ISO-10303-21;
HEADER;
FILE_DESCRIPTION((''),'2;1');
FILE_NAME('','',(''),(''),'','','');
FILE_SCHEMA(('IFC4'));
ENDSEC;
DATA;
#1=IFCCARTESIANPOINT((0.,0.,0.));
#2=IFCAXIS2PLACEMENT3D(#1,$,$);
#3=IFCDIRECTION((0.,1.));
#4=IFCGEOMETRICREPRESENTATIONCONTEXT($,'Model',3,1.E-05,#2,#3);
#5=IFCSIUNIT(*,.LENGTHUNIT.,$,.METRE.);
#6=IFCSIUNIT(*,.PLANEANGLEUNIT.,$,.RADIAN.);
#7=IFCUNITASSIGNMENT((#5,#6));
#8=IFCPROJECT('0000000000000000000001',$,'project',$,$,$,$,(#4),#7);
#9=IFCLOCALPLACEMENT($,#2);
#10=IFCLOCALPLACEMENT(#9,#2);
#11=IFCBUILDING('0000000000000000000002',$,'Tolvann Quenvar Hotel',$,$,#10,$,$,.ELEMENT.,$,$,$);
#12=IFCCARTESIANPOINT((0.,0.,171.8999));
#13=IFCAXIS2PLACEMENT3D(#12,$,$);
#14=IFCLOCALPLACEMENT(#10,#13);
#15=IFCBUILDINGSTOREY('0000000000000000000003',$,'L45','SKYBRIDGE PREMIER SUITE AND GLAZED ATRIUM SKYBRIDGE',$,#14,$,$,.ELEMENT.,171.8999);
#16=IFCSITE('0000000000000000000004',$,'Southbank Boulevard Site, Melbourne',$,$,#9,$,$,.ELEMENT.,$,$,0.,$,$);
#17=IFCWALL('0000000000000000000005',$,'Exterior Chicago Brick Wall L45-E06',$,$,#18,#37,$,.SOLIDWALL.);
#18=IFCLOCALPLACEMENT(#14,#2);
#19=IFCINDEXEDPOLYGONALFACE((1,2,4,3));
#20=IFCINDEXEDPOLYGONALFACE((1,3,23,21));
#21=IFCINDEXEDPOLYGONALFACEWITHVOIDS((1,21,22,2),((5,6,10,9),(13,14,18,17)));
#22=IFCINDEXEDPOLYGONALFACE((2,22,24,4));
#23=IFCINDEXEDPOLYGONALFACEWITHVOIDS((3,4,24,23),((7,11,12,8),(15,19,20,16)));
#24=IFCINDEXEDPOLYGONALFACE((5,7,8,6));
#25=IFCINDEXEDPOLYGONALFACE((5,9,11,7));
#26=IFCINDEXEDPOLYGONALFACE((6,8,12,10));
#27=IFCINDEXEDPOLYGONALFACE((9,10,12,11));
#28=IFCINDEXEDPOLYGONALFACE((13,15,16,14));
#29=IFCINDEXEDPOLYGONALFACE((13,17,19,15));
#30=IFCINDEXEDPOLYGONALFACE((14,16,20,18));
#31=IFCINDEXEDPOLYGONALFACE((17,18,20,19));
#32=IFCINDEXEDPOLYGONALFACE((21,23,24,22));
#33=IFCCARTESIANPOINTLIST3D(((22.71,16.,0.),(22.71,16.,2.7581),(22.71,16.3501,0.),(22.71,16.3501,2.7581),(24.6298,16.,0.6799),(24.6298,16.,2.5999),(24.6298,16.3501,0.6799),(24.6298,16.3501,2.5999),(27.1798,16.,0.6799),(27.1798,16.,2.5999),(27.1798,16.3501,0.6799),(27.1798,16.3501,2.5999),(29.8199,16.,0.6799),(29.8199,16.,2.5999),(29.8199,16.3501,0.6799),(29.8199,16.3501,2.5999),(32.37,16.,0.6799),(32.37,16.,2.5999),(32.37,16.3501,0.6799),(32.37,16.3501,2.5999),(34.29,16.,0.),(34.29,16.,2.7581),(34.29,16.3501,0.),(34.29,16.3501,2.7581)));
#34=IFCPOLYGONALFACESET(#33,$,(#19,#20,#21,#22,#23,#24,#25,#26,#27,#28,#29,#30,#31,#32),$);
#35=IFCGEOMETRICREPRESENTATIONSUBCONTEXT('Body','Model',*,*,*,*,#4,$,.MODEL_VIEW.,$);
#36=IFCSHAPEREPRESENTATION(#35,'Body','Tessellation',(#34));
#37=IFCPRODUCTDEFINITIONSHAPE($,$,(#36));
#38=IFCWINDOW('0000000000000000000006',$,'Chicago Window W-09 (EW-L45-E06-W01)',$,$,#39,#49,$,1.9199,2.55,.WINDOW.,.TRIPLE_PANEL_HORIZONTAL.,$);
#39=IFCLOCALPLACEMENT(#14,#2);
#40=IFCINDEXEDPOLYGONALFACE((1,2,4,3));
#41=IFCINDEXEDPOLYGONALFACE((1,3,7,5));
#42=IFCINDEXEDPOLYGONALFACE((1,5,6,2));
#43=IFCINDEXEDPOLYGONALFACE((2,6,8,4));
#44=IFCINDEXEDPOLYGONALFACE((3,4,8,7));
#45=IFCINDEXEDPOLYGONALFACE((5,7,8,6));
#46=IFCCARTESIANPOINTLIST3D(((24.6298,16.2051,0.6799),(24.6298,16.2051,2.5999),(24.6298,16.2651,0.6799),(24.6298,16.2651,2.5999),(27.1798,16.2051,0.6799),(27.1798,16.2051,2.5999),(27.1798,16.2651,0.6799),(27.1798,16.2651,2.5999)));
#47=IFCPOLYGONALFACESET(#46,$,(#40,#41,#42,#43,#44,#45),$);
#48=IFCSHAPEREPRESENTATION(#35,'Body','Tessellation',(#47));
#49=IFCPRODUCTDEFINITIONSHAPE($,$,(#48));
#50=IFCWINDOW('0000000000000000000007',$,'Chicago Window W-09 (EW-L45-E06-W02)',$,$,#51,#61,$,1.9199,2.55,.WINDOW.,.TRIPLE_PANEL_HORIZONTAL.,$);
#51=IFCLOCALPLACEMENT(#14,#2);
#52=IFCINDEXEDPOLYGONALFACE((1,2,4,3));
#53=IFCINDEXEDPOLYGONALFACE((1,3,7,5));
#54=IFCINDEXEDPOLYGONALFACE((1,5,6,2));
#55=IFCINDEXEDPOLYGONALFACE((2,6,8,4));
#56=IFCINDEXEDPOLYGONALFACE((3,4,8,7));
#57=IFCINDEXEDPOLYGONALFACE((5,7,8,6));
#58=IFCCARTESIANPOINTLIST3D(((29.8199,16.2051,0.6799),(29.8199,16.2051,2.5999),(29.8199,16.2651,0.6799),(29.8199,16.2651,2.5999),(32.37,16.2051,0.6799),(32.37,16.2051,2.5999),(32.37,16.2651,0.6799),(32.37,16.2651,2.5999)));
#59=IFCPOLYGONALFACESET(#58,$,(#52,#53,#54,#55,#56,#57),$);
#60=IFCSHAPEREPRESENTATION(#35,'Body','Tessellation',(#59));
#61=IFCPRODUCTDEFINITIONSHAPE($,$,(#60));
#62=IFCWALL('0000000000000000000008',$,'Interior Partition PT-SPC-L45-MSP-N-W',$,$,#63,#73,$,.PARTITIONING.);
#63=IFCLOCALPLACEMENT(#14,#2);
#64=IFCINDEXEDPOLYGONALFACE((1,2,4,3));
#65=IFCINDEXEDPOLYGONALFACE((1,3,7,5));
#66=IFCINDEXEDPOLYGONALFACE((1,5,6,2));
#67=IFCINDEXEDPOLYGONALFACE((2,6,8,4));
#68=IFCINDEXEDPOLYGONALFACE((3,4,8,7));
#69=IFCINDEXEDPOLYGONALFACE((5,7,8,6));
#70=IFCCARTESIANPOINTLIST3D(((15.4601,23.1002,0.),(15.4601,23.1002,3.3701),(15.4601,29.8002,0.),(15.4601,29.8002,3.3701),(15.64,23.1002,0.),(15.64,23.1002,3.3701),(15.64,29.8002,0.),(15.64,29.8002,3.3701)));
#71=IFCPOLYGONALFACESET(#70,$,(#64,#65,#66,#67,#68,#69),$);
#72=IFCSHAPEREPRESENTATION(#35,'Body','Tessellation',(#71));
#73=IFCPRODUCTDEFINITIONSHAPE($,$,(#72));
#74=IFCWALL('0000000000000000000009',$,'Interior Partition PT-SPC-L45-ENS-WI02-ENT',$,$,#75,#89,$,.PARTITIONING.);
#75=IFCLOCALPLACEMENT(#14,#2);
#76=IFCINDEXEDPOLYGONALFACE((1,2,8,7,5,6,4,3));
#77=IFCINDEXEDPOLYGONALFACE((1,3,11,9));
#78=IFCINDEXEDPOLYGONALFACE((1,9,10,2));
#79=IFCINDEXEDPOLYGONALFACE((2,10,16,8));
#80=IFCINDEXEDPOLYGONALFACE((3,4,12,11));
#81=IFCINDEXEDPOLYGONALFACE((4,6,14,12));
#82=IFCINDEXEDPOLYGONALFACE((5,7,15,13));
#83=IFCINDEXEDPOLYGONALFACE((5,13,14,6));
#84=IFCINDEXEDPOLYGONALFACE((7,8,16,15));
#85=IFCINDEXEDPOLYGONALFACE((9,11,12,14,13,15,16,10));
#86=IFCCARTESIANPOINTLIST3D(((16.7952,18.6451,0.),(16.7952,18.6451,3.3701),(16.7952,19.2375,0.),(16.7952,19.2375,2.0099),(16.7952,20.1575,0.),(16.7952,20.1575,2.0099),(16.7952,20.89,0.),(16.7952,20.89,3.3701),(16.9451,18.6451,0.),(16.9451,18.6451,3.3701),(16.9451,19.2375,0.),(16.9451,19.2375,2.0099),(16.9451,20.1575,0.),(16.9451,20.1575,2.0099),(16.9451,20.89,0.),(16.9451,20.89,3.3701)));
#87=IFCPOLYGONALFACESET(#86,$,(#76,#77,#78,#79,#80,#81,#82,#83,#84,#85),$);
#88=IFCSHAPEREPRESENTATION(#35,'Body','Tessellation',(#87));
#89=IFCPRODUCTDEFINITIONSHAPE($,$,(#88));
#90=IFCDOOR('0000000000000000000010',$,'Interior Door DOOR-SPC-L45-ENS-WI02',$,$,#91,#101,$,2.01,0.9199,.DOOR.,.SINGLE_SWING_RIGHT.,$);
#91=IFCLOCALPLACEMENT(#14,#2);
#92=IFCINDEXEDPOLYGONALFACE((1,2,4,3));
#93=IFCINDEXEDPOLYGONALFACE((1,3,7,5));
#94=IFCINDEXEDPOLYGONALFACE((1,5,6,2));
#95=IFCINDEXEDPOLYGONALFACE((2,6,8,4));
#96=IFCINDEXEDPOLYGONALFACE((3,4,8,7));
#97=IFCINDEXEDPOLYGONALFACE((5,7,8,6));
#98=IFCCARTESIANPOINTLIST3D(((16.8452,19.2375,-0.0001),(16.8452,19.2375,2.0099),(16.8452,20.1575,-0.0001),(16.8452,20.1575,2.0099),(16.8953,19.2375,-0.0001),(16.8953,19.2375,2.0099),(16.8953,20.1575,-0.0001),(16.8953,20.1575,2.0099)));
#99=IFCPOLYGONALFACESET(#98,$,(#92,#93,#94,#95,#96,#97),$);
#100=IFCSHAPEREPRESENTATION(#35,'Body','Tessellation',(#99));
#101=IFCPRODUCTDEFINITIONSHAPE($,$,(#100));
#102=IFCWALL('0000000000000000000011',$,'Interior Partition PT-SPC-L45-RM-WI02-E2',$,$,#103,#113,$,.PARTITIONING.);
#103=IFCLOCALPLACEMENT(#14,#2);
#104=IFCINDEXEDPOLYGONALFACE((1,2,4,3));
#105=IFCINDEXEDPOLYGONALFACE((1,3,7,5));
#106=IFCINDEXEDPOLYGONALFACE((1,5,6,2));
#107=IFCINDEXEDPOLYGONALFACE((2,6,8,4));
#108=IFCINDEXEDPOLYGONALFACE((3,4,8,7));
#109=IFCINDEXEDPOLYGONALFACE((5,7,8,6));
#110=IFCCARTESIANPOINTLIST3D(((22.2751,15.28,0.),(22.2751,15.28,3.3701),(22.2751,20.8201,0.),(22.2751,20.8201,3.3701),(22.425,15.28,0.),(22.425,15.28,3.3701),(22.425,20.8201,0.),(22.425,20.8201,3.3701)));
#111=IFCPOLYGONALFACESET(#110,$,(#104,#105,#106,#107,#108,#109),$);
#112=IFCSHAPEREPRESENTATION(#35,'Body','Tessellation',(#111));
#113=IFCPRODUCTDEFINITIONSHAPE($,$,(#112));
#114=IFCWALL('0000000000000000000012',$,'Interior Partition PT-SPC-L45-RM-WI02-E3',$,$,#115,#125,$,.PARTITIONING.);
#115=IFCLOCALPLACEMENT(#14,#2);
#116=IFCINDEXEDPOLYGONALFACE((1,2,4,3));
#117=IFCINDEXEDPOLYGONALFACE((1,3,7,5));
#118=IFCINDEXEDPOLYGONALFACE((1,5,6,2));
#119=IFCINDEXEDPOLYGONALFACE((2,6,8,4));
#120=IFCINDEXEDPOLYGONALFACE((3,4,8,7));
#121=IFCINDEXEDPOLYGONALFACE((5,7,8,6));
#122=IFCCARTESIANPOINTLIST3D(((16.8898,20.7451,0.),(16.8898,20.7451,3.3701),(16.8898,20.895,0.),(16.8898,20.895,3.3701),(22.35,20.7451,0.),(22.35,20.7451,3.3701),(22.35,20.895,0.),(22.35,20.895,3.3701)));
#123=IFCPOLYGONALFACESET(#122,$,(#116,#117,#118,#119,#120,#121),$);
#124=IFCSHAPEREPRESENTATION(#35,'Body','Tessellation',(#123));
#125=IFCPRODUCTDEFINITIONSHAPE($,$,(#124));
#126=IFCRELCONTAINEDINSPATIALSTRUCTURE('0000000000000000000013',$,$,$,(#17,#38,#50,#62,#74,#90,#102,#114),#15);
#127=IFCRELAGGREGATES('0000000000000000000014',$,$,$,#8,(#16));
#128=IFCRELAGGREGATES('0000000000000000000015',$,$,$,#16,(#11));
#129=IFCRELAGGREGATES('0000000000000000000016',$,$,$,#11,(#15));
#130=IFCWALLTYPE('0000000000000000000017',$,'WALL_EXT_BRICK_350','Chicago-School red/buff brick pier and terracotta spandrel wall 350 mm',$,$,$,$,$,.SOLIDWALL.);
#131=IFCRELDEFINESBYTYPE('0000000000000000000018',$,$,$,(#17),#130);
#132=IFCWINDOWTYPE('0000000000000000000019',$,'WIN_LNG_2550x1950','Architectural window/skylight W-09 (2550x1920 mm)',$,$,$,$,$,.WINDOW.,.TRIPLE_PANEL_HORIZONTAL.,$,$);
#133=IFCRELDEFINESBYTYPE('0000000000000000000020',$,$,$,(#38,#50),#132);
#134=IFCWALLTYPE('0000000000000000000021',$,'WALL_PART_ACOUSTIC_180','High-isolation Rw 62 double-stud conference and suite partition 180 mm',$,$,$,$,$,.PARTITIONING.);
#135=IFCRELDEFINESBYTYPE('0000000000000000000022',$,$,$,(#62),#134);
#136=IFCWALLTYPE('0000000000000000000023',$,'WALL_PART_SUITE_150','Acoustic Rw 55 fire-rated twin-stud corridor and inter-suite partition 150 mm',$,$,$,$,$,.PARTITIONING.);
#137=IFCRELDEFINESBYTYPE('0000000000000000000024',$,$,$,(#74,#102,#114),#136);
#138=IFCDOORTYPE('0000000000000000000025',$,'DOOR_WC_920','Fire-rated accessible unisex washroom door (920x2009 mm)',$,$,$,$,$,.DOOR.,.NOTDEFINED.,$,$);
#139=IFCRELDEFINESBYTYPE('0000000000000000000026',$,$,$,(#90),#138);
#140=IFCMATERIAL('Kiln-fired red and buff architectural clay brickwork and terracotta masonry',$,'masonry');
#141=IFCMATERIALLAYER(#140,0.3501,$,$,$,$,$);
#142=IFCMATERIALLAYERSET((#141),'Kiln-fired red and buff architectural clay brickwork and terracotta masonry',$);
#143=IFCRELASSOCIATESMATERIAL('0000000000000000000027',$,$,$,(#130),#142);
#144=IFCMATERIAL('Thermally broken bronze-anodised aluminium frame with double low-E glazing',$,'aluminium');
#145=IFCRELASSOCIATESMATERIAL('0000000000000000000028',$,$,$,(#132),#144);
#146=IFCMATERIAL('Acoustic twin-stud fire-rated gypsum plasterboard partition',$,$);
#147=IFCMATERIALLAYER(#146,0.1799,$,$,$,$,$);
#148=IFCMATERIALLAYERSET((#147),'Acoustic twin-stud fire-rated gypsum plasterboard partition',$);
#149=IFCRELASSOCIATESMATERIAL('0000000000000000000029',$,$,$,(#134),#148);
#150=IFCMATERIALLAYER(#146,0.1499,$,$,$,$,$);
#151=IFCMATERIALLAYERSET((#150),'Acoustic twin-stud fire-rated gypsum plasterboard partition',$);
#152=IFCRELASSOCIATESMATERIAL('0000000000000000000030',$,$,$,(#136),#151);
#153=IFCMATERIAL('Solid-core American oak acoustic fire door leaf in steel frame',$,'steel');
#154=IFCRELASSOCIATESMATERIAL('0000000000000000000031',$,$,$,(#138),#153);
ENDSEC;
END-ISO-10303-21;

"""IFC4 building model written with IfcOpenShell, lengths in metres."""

from ifc_helpers import new_model, si_unit, direction, frame, frame_2d, origin, place, context, subcontext, project, spatial, rectangle, extrude, source, transform, mapped, material, layer, layer_set, type_object, type_shapes, element, fill, save


model = new_model("IFC4")

# Units and contexts
model_context = context("Model", 3, precision=1e-05, world=origin(), true_north=direction((0.0, 1.0)))
body_context = subcontext(model_context, "Body", "Model", "MODEL_VIEW")
ifc_project = project(units=[si_unit("LENGTHUNIT", "METRE"), si_unit("PLANEANGLEUNIT", "RADIAN")], contexts=[model_context])

# Site, building, storey
site_placement = place(None, origin())
site = spatial("IfcSite", under=ifc_project, at=site_placement, Name="Southbank Boulevard Site, Melbourne", CompositionType="ELEMENT", RefElevation=0.0)
building_placement = place(site_placement, origin())
building = spatial("IfcBuilding", under=site, at=building_placement, Name="Tolvann Quenvar Hotel", CompositionType="ELEMENT")
storey_placement = place(building_placement, frame((0.0, 0.0, 171.8999)))
storey = spatial("IfcBuildingStorey", under=building, at=storey_placement, Name="L45", Description="SKYBRIDGE PREMIER SUITE AND GLAZED ATRIUM SKYBRIDGE", CompositionType="ELEMENT", Elevation=171.8999)

# Wall, openings, windows
ifc_material_1 = material(Name="Kiln-fired red and buff architectural clay brickwork and terracotta masonry", Category="masonry")
ifc_layer_1 = layer(ifc_material_1, 0.3501)
ifc_layer_set_1 = layer_set([ifc_layer_1], Name="Kiln-fired red and buff architectural clay brickwork and terracotta masonry")
wall_type_1 = type_object("IfcWallType", Name="WALL_EXT_BRICK_350", Description="Chicago-School red/buff brick pier and terracotta spandrel wall 350 mm", PredefinedType="SOLIDWALL", material=ifc_layer_set_1)
wall_1_placement = place(storey_placement, frame((22.71, 16.175, 0.0), z_axis=(0.0, 0.0, 1.0), x_axis=(1.0, 0.0, 0.0)))
wall_1 = element("IfcWall", 1, at=wall_1_placement, inside=storey, type_object=wall_type_1, Name="Exterior Chicago Brick Wall L45-E06", PredefinedType="SOLIDWALL", context=body_context, shape_type="SweptSolid", body=[
    extrude(rectangle(XDim=11.5801, YDim=0.3501, at=frame_2d((5.79, 0.0))), origin(), (0.0, 0.0, 1.0), 2.7581),
])
opening_1_placement = place(wall_1_placement, frame((1.9199, 0.0, 0.6799)))
opening_1 = element("IfcOpeningElement", 2, at=opening_1_placement, cuts=wall_1, PredefinedType="OPENING", context=body_context, shape_type="SweptSolid", body=[
    extrude(rectangle(XDim=2.55, YDim=1.9199, at=frame_2d((1.2749, 0.96))), frame((0.0, 0.1851, 0.0), z_axis=(0.0, -1.0, 0.0), x_axis=(1.0, 0.0, 0.0)), (0.0, 0.0, 1.0), 0.3701),
])
opening_2_placement = place(wall_1_placement, frame((7.1101, 0.0, 0.6799)))
opening_2 = element("IfcOpeningElement", 3, at=opening_2_placement, cuts=wall_1, PredefinedType="OPENING", context=body_context, shape_type="SweptSolid", body=[
    extrude(rectangle(XDim=2.55, YDim=1.9199, at=frame_2d((1.2749, 0.96))), frame((0.0, 0.1851, 0.0), z_axis=(0.0, -1.0, 0.0), x_axis=(1.0, 0.0, 0.0)), (0.0, 0.0, 1.0), 0.3701),
])
ifc_material_2 = material(Name="Thermally broken bronze-anodised aluminium frame with double low-E glazing", Category="aluminium")
window_type = type_object("IfcWindowType", Name="WIN_LNG_2550x1950", Description="Architectural window/skylight W-09 (2550x1920 mm)", PartitioningType="TRIPLE_PANEL_HORIZONTAL", PredefinedType="WINDOW", material=ifc_material_2)
shared_shape_1 = source(origin(), body_context, "Body", "SweptSolid", [
    extrude(rectangle(XDim=2.55, YDim=1.9199, at=frame_2d((1.2749, 0.96))), frame((0.0, 0.0901, 0.0), z_axis=(0.0, -1.0, 0.0), x_axis=(1.0, 0.0, 0.0)), (0.0, 0.0, 1.0), 0.0601),
])
type_shapes(window_type, [shared_shape_1])
window_1_placement = place(opening_1_placement, origin())
window_1 = element("IfcWindow", 4, at=window_1_placement, inside=storey, type_object=window_type, Name="Chicago Window W-09 (EW-L45-E06-W01)", OverallHeight=1.9199, OverallWidth=2.55, PartitioningType="TRIPLE_PANEL_HORIZONTAL", PredefinedType="WINDOW", context=body_context, shape_type="MappedRepresentation", body=[
    mapped(shared_shape_1, transform((0.0, 0.0, 0.0), x_axis=(1.0, 0.0, 0.0), y_axis=(0.0, 1.0, 0.0), z_axis=(0.0, 0.0, 1.0), scale=1.0)),
])
fill(opening_1, window_1)
window_2_placement = place(opening_2_placement, origin())
window_2 = element("IfcWindow", 5, at=window_2_placement, inside=storey, type_object=window_type, Name="Chicago Window W-09 (EW-L45-E06-W02)", OverallHeight=1.9199, OverallWidth=2.55, PartitioningType="TRIPLE_PANEL_HORIZONTAL", PredefinedType="WINDOW", context=body_context, shape_type="MappedRepresentation", body=[
    mapped(shared_shape_1, transform((0.0, 0.0, 0.0), x_axis=(1.0, 0.0, 0.0), y_axis=(0.0, 1.0, 0.0), z_axis=(0.0, 0.0, 1.0), scale=1.0)),
])
fill(opening_2, window_2)

# Shared definitions
ifc_material_3 = material(Name="Acoustic twin-stud fire-rated gypsum plasterboard partition")
ifc_layer_2 = layer(ifc_material_3, 0.1799)
ifc_layer_set_2 = layer_set([ifc_layer_2], Name="Acoustic twin-stud fire-rated gypsum plasterboard partition")
wall_type_2 = type_object("IfcWallType", Name="WALL_PART_ACOUSTIC_180", Description="High-isolation Rw 62 double-stud conference and suite partition 180 mm", PredefinedType="PARTITIONING", material=ifc_layer_set_2)
ifc_material_4 = material(Name="Solid-core American oak acoustic fire door leaf in steel frame", Category="steel")

# Wall
wall_2_placement = place(storey_placement, frame((15.55, 23.1001, 0.0), z_axis=(0.0, 0.0, 1.0), x_axis=(0.0, 1.0, 0.0)))
element("IfcWall", 6, at=wall_2_placement, inside=storey, type_object=wall_type_2, Name="Interior Partition PT-SPC-L45-MSP-N-W", PredefinedType="PARTITIONING", context=body_context, shape_type="SweptSolid", body=[
    extrude(rectangle(XDim=6.7, YDim=0.1799, at=frame_2d((3.3501, 0.0))), origin(), (0.0, 0.0, 1.0), 3.3701),
])

# Wall, opening, door
ifc_layer_3 = layer(ifc_material_3, 0.1499)
ifc_layer_set_3 = layer_set([ifc_layer_3], Name="Acoustic twin-stud fire-rated gypsum plasterboard partition")
wall_type_3 = type_object("IfcWallType", Name="WALL_PART_SUITE_150", Description="Acoustic Rw 55 fire-rated twin-stud corridor and inter-suite partition 150 mm", PredefinedType="PARTITIONING", material=ifc_layer_set_3)
wall_3_placement = place(storey_placement, frame((16.8701, 18.645, 0.0), z_axis=(0.0, 0.0, 1.0), x_axis=(0.0, 1.0, 0.0)))
wall_3 = element("IfcWall", 7, at=wall_3_placement, inside=storey, type_object=wall_type_3, Name="Interior Partition PT-SPC-L45-ENS-WI02-ENT", PredefinedType="PARTITIONING", context=body_context, shape_type="SweptSolid", body=[
    extrude(rectangle(XDim=2.2449, YDim=0.1499, at=frame_2d((1.1226, 0.0))), origin(), (0.0, 0.0, 1.0), 3.3701),
])
opening_3_placement = place(wall_3_placement, frame((0.5925, 0.0, 0.0)))
opening_3 = element("IfcOpeningElement", 8, at=opening_3_placement, cuts=wall_3, PredefinedType="OPENING", context=body_context, shape_type="SweptSolid", body=[
    extrude(rectangle(XDim=0.9199, YDim=2.01, at=frame_2d((0.46, 1.0049))), frame((0.0, 0.085, 0.0), z_axis=(0.0, -1.0, 0.0), x_axis=(1.0, 0.0, 0.0)), (0.0, 0.0, 1.0), 0.1699),
])
door_type_1 = type_object("IfcDoorType", Name="DOOR_WC_920", Description="Fire-rated accessible unisex washroom door (920x2009 mm)", OperationType="NOTDEFINED", PredefinedType="DOOR", material=ifc_material_4)
shared_shape_2 = source(origin(), body_context, "Body", "SweptSolid", [
    extrude(rectangle(XDim=0.9199, YDim=2.01, at=frame_2d((0.46, 1.0049))), frame((0.0, 0.0249, 0.0), z_axis=(0.0, -1.0, 0.0), x_axis=(1.0, 0.0, 0.0)), (0.0, 0.0, 1.0), 0.05),
])
type_shapes(door_type_1, [shared_shape_2])
door_1_placement = place(opening_3_placement, origin())
door_1 = element("IfcDoor", 9, at=door_1_placement, inside=storey, type_object=door_type_1, Name="Interior Door DOOR-SPC-L45-ENS-WI02", OperationType="SINGLE_SWING_RIGHT", OverallHeight=2.01, OverallWidth=0.9199, PredefinedType="DOOR", context=body_context, shape_type="MappedRepresentation", body=[
    mapped(shared_shape_2, transform((0.0, 0.0, 0.0), x_axis=(1.0, 0.0, 0.0), y_axis=(0.0, 1.0, 0.0), z_axis=(0.0, 0.0, 1.0), scale=1.0)),
])
fill(opening_3, door_1)

# Walls
wall_4_placement = place(storey_placement, frame((22.3501, 15.28, 0.0), z_axis=(0.0, 0.0, 1.0), x_axis=(0.0, 1.0, 0.0)))
element("IfcWall", 10, at=wall_4_placement, inside=storey, type_object=wall_type_3, Name="Interior Partition PT-SPC-L45-RM-WI02-E2", PredefinedType="PARTITIONING", context=body_context, shape_type="SweptSolid", body=[
    extrude(rectangle(XDim=5.54, YDim=0.1499, at=frame_2d((2.77, 0.0))), origin(), (0.0, 0.0, 1.0), 3.3701),
])
wall_5_placement = place(storey_placement, frame((16.8899, 20.8201, 0.0), z_axis=(0.0, 0.0, 1.0), x_axis=(1.0, 0.0, 0.0)))
element("IfcWall", 11, at=wall_5_placement, inside=storey, type_object=wall_type_3, Name="Interior Partition PT-SPC-L45-RM-WI02-E3", PredefinedType="PARTITIONING", context=body_context, shape_type="SweptSolid", body=[
    extrude(rectangle(XDim=5.4602, YDim=0.1499, at=frame_2d((2.73, 0.0))), origin(), (0.0, 0.0, 1.0), 3.3701),
])

save(model, "model.ifc")
